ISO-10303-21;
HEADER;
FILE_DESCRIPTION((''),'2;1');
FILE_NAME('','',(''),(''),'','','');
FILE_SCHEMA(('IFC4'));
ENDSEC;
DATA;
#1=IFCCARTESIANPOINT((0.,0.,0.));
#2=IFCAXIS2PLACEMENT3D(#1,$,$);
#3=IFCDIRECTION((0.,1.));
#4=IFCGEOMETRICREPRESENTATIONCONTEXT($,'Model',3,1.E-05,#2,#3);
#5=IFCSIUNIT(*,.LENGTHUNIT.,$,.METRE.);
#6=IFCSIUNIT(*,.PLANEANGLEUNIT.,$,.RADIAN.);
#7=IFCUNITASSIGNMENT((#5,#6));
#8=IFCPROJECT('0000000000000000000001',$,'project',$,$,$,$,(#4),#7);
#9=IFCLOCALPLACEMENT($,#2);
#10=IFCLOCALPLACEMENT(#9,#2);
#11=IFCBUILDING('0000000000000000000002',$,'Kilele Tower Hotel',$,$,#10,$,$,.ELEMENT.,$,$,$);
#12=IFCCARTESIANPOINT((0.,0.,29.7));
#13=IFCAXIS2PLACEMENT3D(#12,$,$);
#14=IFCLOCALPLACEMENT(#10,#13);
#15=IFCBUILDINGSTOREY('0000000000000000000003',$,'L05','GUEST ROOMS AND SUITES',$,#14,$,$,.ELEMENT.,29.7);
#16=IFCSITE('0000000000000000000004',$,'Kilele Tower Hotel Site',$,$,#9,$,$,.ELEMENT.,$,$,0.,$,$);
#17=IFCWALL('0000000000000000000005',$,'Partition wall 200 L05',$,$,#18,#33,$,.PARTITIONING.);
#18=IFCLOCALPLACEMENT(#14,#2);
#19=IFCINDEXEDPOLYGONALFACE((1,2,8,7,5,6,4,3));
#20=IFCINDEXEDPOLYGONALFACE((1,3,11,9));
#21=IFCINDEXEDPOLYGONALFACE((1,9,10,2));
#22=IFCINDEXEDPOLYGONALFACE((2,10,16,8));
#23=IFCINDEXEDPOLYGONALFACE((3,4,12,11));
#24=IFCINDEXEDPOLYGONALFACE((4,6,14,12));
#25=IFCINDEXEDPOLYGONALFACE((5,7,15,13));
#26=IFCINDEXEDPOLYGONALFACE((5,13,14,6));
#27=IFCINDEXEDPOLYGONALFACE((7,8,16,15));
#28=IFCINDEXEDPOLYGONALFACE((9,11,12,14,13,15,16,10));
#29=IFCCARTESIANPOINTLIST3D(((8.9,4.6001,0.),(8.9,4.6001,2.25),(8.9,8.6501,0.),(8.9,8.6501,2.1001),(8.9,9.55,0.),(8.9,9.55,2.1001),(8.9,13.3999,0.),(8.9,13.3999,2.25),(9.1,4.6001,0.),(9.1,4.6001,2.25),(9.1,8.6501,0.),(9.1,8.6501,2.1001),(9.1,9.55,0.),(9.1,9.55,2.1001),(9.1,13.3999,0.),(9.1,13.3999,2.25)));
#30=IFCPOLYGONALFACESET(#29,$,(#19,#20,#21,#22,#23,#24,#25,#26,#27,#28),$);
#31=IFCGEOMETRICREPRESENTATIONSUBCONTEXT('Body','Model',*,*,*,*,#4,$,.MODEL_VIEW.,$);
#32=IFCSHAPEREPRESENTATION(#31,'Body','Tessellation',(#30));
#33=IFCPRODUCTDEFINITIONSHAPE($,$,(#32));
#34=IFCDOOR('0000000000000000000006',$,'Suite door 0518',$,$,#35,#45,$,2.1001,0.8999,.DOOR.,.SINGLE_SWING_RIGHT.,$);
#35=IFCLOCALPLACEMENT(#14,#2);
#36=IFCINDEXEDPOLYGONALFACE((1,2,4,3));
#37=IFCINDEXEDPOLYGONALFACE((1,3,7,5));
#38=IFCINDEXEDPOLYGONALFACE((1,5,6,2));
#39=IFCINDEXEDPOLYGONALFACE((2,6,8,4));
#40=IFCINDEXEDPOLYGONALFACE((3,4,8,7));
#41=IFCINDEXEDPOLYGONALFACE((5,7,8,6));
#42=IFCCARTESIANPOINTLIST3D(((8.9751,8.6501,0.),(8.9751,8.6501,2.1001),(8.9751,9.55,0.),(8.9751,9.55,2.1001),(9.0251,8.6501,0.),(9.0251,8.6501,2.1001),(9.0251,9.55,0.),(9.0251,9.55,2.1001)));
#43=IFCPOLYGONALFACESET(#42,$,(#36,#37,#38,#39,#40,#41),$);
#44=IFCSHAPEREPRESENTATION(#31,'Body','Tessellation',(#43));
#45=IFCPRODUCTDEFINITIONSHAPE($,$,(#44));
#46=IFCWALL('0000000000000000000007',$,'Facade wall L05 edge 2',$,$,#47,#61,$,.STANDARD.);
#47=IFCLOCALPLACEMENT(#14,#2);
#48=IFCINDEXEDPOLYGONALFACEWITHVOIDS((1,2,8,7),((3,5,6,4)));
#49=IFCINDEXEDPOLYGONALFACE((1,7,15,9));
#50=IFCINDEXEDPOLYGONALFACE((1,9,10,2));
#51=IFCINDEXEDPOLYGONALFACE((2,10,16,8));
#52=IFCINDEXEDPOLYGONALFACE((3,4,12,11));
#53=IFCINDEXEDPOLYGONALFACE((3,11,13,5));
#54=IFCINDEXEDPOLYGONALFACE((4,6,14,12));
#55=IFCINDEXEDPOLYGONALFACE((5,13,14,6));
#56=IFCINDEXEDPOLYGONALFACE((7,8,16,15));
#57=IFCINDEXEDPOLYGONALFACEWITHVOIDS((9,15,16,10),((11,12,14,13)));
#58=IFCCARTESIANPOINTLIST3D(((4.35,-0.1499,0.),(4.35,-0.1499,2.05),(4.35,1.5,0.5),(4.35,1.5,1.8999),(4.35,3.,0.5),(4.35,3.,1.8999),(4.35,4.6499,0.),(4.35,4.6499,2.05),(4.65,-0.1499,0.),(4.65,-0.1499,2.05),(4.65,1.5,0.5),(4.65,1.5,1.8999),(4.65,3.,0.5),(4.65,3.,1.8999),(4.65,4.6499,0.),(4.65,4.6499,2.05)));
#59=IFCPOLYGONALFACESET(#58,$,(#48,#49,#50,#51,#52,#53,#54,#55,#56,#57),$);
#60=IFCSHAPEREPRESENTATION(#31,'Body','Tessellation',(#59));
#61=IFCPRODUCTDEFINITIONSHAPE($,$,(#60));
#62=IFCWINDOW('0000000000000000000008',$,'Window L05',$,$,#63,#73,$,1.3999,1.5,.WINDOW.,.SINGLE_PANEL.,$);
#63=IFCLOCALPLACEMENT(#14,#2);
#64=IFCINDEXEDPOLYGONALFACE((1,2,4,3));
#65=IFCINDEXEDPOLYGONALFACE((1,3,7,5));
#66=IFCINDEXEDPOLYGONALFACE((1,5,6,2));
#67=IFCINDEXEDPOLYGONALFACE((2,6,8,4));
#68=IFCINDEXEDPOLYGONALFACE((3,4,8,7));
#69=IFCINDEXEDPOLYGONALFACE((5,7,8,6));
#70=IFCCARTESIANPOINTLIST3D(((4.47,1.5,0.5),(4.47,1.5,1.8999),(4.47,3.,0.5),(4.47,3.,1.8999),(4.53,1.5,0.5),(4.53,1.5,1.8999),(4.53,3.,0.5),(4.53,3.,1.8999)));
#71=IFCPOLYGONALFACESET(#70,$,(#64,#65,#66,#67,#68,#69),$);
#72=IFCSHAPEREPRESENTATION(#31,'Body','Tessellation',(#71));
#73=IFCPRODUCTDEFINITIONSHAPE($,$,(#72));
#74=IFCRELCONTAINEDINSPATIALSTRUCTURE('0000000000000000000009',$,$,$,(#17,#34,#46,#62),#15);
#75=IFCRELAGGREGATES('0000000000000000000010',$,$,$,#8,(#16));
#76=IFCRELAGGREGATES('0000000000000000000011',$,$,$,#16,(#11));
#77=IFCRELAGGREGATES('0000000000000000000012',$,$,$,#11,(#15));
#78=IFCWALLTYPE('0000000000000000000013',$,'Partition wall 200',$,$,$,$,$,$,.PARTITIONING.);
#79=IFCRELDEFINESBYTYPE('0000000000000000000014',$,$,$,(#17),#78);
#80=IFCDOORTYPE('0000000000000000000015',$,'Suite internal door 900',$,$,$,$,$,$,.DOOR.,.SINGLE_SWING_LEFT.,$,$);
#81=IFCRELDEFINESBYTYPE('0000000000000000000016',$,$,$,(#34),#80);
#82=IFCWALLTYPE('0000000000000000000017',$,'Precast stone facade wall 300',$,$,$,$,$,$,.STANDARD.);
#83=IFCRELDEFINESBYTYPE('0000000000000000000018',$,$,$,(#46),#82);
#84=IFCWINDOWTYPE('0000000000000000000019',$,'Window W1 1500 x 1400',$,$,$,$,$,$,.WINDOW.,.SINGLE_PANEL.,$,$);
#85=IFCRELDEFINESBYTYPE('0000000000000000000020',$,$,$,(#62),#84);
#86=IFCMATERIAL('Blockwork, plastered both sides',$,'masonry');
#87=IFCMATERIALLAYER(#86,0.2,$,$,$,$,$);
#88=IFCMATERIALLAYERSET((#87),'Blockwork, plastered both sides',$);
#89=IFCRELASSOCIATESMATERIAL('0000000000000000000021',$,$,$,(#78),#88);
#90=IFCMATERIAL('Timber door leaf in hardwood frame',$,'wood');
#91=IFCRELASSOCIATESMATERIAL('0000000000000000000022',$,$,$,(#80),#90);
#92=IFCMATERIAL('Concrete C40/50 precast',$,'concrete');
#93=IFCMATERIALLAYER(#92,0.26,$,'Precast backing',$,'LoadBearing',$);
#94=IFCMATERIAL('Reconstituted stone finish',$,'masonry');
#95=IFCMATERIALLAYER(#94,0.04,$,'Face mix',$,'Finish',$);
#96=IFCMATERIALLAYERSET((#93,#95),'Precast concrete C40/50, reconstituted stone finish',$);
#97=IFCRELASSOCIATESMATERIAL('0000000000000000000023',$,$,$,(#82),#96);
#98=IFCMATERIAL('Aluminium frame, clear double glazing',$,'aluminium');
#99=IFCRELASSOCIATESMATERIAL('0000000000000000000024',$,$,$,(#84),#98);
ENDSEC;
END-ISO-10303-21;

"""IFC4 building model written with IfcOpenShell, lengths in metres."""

from ifc_helpers import new_model, si_unit, direction, frame, frame_2d, origin, place, context, subcontext, project, spatial, rectangle, extrude, material, layer, layer_set, type_object, element, fill, save


model = new_model("IFC4")

# Units and contexts
model_context = context("Model", 3, precision=1e-05, world=origin(), true_north=direction((0.0, 1.0)))
body_context = subcontext(model_context, "Body", "Model", "MODEL_VIEW")
ifc_project = project(units=[si_unit("LENGTHUNIT", "METRE"), si_unit("PLANEANGLEUNIT", "RADIAN")], contexts=[model_context])

# Site, building, storey
site_placement = place(None, origin())
site = spatial("IfcSite", under=ifc_project, at=site_placement, Name="Kilele Tower Hotel Site", CompositionType="ELEMENT", RefElevation=0.0)
building_placement = place(site_placement, origin())
building = spatial("IfcBuilding", under=site, at=building_placement, Name="Kilele Tower Hotel", CompositionType="ELEMENT")
storey_placement = place(building_placement, frame((0.0, 0.0, 29.7)))
storey = spatial("IfcBuildingStorey", under=building, at=storey_placement, Name="L05", Description="GUEST ROOMS AND SUITES", CompositionType="ELEMENT", Elevation=29.7)

# Wall, opening, door
ifc_material_1 = material(Name="Blockwork, plastered both sides", Category="masonry")
ifc_layer_1 = layer(ifc_material_1, 0.2)
ifc_layer_set_1 = layer_set([ifc_layer_1], Name="Blockwork, plastered both sides")
wall_type_1 = type_object("IfcWallType", Name="Partition wall 200", PredefinedType="PARTITIONING", material=ifc_layer_set_1)
wall_1_placement = place(storey_placement, frame((9.0, 4.6001, 0.0), z_axis=(0.0, 0.0, 1.0), x_axis=(0.0, 1.0, 0.0)))
wall_1 = element("IfcWall", 1, at=wall_1_placement, inside=storey, type_object=wall_type_1, Name="Partition wall 200 L05", PredefinedType="PARTITIONING", context=body_context, shape_type="SweptSolid", body=[
    extrude(rectangle(XDim=8.7998, YDim=0.2, at=frame_2d((4.3999, 0.0))), origin(), (0.0, 0.0, 1.0), 2.25),
])
opening_1_placement = place(wall_1_placement, frame((4.05, 0.0, 0.0)))
opening_1 = element("IfcOpeningElement", 2, at=opening_1_placement, cuts=wall_1, PredefinedType="OPENING", context=body_context, shape_type="SweptSolid", body=[
    extrude(rectangle(XDim=0.8999, YDim=2.1001, at=frame_2d((0.45, 1.05))), frame((0.0, 0.1099, 0.0), z_axis=(0.0, -1.0, 0.0), x_axis=(1.0, 0.0, 0.0)), (0.0, 0.0, 1.0), 0.22),
])
ifc_material_2 = material(Name="Timber door leaf in hardwood frame", Category="wood")
door_type = type_object("IfcDoorType", Name="Suite internal door 900", OperationType="SINGLE_SWING_LEFT", PredefinedType="DOOR", material=ifc_material_2)
door_placement = place(opening_1_placement, origin())
door = element("IfcDoor", 3, at=door_placement, inside=storey, type_object=door_type, Name="Suite door 0518", OperationType="SINGLE_SWING_RIGHT", OverallHeight=2.1001, OverallWidth=0.8999, PredefinedType="DOOR", context=body_context, shape_type="SweptSolid", body=[
    extrude(rectangle(XDim=0.8999, YDim=2.1001, at=frame_2d((0.45, 1.05))), frame((0.0, 0.0249, 0.0), z_axis=(0.0, -1.0, 0.0), x_axis=(1.0, 0.0, 0.0)), (0.0, 0.0, 1.0), 0.05),
])
fill(opening_1, door)

# Wall, opening, window
ifc_material_3 = material(Name="Concrete C40/50 precast", Category="concrete")
ifc_layer_2 = layer(ifc_material_3, 0.26, Name="Precast backing", Category="LoadBearing")
ifc_material_4 = material(Name="Reconstituted stone finish", Category="masonry")
ifc_layer_3 = layer(ifc_material_4, 0.04, Name="Face mix", Category="Finish")
ifc_layer_set_2 = layer_set([ifc_layer_2, ifc_layer_3], Name="Precast concrete C40/50, reconstituted stone finish")
wall_type_2 = type_object("IfcWallType", Name="Precast stone facade wall 300", PredefinedType="STANDARD", material=ifc_layer_set_2)
wall_2_placement = place(storey_placement, frame((4.5, 4.6499, 0.0), z_axis=(0.0, 0.0, 1.0), x_axis=(0.0, -1.0, 0.0)))
wall_2 = element("IfcWall", 4, at=wall_2_placement, inside=storey, type_object=wall_type_2, Name="Facade wall L05 edge 2", PredefinedType="STANDARD", context=body_context, shape_type="SweptSolid", body=[
    extrude(rectangle(XDim=4.7998, YDim=0.3, at=frame_2d((2.3999, 0.0))), origin(), (0.0, 0.0, 1.0), 2.05),
])
opening_2_placement = place(wall_2_placement, frame((1.6499, 0.0, 0.5)))
opening_2 = element("IfcOpeningElement", 5, at=opening_2_placement, cuts=wall_2, PredefinedType="OPENING", context=body_context, shape_type="SweptSolid", body=[
    extrude(rectangle(XDim=1.5, YDim=1.3999, at=frame_2d((0.75, 0.7))), frame((0.0, 0.1599, 0.0), z_axis=(0.0, -1.0, 0.0), x_axis=(1.0, 0.0, 0.0)), (0.0, 0.0, 1.0), 0.3201),
])
ifc_material_5 = material(Name="Aluminium frame, clear double glazing", Category="aluminium")
window_type = type_object("IfcWindowType", Name="Window W1 1500 x 1400", PartitioningType="SINGLE_PANEL", PredefinedType="WINDOW", material=ifc_material_5)
window_placement = place(opening_2_placement, origin())
window = element("IfcWindow", 6, at=window_placement, inside=storey, type_object=window_type, Name="Window L05", OverallHeight=1.3999, OverallWidth=1.5, PartitioningType="SINGLE_PANEL", PredefinedType="WINDOW", context=body_context, shape_type="SweptSolid", body=[
    extrude(rectangle(XDim=1.5, YDim=1.3999, at=frame_2d((0.75, 0.7))), frame((0.0, 0.03, 0.0), z_axis=(0.0, -1.0, 0.0), x_axis=(1.0, 0.0, 0.0)), (0.0, 0.0, 1.0), 0.0601),
])
fill(opening_2, window)

save(model, "model.ifc")
